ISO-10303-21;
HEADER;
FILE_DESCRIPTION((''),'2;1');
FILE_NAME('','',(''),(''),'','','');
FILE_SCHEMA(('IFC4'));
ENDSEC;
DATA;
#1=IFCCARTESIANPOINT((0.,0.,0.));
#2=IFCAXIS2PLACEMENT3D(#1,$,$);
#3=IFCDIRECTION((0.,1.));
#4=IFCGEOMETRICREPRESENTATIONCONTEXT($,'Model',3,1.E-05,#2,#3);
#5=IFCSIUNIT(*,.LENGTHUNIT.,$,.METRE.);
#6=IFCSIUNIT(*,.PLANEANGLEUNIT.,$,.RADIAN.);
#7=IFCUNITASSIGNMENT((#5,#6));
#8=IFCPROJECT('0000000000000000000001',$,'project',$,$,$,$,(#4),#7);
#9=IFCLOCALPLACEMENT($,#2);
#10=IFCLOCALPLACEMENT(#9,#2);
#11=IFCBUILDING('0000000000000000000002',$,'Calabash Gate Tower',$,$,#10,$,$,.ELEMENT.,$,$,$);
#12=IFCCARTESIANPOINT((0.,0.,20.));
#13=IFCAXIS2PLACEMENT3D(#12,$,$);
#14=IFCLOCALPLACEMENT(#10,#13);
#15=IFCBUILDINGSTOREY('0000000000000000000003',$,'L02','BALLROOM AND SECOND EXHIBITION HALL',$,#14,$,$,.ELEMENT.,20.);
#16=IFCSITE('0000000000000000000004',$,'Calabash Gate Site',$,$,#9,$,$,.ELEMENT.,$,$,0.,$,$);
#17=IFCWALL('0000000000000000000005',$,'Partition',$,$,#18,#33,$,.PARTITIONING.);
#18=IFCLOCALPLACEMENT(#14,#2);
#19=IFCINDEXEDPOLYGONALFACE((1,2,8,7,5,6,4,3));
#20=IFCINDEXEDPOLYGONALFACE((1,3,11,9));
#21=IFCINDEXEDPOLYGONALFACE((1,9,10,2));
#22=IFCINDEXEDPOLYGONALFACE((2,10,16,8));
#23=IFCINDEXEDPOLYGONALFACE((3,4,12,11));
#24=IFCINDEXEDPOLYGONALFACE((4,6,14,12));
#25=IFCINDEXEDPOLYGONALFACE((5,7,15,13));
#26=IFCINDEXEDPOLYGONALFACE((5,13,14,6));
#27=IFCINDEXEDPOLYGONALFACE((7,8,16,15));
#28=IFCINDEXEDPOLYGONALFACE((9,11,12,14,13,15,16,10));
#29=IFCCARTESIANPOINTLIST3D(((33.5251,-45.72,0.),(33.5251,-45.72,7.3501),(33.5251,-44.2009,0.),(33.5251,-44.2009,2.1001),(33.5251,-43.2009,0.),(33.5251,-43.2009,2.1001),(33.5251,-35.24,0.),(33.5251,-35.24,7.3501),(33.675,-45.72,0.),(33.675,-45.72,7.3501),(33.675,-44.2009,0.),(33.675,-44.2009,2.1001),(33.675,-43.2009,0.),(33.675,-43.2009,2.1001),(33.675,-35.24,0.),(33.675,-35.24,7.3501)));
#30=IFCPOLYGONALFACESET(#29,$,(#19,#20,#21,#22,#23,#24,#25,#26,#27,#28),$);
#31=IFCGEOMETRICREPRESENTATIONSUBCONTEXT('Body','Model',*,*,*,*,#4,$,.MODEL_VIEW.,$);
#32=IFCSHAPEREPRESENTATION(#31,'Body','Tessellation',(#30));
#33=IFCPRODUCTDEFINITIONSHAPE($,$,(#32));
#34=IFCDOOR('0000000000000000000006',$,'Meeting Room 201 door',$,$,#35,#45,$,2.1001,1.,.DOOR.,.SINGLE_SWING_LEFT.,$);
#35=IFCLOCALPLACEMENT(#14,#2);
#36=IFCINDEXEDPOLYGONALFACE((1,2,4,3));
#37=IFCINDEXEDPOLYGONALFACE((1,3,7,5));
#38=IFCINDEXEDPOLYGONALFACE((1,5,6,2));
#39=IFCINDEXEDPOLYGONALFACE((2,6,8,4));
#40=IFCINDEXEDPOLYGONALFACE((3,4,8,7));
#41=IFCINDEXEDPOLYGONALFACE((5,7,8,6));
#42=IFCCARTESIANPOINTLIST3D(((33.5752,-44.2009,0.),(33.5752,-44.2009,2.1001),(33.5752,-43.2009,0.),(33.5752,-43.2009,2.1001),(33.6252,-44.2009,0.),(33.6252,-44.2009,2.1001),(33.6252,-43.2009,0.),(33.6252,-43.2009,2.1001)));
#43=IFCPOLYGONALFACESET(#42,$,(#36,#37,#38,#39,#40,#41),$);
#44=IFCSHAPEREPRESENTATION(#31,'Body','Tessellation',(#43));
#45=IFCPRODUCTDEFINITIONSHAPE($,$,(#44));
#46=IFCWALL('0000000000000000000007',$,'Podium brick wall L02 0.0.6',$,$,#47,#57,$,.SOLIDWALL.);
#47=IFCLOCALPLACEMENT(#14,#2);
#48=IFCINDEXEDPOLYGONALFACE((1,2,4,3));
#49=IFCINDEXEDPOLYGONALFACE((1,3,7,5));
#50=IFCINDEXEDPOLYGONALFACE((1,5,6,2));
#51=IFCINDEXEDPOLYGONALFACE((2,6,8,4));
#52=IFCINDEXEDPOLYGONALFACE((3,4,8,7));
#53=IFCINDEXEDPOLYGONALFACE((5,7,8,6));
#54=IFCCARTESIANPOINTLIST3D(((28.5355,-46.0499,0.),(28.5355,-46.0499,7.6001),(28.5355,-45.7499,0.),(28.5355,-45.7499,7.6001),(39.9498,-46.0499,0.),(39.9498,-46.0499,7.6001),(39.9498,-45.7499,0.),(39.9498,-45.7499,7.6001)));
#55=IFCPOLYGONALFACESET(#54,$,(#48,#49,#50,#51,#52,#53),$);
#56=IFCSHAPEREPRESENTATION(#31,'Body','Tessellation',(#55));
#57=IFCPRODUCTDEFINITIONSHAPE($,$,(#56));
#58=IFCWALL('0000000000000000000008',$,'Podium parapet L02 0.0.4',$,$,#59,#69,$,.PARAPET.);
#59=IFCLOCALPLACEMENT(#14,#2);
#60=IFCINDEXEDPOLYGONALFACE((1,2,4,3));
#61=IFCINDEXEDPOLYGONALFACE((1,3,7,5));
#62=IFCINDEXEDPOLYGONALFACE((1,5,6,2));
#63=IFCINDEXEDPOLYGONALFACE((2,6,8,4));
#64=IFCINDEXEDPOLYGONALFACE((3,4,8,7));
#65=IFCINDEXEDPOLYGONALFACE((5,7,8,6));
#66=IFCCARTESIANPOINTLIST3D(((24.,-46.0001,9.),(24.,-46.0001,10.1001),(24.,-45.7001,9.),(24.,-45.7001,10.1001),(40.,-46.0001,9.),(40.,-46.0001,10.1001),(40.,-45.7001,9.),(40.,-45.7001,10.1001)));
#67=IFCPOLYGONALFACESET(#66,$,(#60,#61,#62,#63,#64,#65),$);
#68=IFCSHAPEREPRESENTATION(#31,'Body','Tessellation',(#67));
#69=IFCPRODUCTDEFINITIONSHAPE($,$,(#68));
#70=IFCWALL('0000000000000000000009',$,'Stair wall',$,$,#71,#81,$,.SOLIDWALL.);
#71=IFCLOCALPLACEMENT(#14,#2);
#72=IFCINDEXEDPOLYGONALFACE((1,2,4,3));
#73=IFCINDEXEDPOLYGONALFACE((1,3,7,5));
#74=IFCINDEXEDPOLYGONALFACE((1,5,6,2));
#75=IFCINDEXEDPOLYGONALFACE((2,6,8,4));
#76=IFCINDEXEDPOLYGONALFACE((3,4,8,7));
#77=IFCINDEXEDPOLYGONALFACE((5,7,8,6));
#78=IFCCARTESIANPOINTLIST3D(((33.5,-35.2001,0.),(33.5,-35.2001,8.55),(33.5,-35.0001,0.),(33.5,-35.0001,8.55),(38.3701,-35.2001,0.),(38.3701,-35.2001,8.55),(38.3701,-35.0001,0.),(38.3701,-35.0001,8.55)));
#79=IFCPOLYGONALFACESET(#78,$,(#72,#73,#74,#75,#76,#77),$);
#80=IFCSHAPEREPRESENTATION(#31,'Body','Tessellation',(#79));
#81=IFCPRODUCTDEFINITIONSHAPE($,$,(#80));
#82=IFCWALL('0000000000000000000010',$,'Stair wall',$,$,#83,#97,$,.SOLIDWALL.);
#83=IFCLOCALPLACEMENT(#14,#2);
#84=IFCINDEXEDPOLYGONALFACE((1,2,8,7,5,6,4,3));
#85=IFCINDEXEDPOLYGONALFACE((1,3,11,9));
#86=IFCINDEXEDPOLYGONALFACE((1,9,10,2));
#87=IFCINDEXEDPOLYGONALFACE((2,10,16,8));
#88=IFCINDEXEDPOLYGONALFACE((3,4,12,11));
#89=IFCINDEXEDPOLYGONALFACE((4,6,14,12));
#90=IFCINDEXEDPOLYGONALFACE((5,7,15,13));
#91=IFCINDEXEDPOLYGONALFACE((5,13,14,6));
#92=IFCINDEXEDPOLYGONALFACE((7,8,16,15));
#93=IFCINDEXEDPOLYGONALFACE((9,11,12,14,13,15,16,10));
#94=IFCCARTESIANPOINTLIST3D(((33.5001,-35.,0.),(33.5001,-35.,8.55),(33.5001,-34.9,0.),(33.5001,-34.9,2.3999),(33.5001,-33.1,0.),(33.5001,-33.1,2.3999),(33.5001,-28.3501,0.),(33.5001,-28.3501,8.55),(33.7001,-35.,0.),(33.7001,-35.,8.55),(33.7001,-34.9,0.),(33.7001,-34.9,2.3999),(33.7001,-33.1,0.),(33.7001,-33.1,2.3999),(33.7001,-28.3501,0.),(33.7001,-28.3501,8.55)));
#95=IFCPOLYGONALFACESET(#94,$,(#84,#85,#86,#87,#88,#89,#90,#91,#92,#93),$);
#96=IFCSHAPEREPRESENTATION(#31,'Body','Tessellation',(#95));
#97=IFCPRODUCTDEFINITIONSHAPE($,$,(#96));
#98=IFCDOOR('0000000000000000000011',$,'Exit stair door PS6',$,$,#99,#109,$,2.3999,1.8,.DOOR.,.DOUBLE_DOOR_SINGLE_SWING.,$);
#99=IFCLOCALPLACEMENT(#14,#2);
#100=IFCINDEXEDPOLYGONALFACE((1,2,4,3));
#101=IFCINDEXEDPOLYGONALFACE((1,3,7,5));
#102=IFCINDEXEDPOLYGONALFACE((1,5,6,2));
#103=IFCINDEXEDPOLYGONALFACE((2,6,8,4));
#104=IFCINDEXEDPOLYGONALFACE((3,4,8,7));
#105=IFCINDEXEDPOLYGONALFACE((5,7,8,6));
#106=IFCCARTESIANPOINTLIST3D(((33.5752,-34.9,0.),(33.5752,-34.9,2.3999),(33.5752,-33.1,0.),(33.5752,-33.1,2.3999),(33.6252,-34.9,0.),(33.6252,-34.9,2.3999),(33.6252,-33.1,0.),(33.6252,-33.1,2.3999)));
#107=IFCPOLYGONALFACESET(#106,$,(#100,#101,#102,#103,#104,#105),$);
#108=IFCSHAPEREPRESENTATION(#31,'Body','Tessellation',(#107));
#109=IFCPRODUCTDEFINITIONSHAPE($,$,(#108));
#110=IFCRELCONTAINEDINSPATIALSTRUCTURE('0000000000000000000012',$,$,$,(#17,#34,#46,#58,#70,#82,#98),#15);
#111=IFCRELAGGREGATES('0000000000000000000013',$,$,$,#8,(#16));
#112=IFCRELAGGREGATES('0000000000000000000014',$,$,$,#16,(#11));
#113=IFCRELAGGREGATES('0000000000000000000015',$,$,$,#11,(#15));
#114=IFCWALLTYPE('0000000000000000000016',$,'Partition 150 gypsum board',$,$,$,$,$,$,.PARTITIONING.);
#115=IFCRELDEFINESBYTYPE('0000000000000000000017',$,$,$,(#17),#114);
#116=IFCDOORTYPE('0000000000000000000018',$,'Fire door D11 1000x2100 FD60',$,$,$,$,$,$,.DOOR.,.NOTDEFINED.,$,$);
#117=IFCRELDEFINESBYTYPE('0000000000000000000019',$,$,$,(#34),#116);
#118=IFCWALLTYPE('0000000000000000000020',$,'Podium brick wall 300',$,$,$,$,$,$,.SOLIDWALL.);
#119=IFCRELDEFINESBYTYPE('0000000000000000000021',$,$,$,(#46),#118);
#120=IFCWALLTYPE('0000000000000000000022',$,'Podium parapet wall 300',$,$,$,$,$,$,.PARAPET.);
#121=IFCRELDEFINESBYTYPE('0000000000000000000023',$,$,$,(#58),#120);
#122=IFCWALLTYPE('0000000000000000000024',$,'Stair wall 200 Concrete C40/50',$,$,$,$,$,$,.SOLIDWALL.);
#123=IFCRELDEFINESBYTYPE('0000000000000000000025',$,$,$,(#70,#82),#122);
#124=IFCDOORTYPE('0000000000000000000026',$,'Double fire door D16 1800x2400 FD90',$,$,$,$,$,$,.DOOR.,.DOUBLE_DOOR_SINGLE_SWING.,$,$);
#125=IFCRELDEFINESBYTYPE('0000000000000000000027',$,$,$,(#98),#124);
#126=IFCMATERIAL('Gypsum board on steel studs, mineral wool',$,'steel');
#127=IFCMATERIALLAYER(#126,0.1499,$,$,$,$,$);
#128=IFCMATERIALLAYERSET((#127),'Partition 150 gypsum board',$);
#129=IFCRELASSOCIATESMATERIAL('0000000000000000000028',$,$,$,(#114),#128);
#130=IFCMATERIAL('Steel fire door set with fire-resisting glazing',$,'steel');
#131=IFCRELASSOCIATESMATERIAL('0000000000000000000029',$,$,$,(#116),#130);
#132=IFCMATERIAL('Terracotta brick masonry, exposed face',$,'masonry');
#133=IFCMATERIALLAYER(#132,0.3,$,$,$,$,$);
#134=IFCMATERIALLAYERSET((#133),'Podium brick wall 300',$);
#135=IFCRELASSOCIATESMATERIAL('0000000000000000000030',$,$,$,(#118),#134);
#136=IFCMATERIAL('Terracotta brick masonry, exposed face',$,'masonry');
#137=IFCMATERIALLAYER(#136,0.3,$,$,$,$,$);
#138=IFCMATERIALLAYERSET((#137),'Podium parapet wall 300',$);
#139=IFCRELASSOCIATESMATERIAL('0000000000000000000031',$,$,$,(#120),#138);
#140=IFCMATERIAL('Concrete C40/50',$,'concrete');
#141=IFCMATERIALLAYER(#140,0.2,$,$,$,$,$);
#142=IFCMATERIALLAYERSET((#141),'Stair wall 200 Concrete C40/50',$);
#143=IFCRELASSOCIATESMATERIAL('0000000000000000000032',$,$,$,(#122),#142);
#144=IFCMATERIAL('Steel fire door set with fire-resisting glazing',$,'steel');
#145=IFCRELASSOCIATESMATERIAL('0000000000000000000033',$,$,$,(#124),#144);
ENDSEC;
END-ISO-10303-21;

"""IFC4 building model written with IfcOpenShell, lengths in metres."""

from ifc_helpers import new_model, si_unit, direction, frame, frame_2d, origin, place, context, subcontext, project, spatial, rectangle, extrude, material, layer, layer_set, type_object, element, fill, save


model = new_model("IFC4")

# Units and contexts
model_context = context("Model", 3, precision=1e-05, world=origin(), true_north=direction((0.0, 1.0)))
body_context = subcontext(model_context, "Body", "Model", "MODEL_VIEW")
ifc_project = project(units=[si_unit("LENGTHUNIT", "METRE"), si_unit("PLANEANGLEUNIT", "RADIAN")], contexts=[model_context])

# Site, building, storey
site_placement = place(None, origin())
site = spatial("IfcSite", under=ifc_project, at=site_placement, Name="Calabash Gate Site", CompositionType="ELEMENT", RefElevation=0.0)
building_placement = place(site_placement, origin())
building = spatial("IfcBuilding", under=site, at=building_placement, Name="Calabash Gate Tower", CompositionType="ELEMENT")
storey_placement = place(building_placement, frame((0.0, 0.0, 20.0)))
storey = spatial("IfcBuildingStorey", under=building, at=storey_placement, Name="L02", Description="BALLROOM AND SECOND EXHIBITION HALL", CompositionType="ELEMENT", Elevation=20.0)

# Wall, opening, door
ifc_material_1 = material(Name="Gypsum board on steel studs, mineral wool", Category="steel")
ifc_layer_1 = layer(ifc_material_1, 0.1499)
ifc_layer_set_1 = layer_set([ifc_layer_1], Name="Partition 150 gypsum board")
wall_type_1 = type_object("IfcWallType", Name="Partition 150 gypsum board", PredefinedType="PARTITIONING", material=ifc_layer_set_1)
wall_1_placement = place(storey_placement, frame((33.6001, -45.72, 0.0), z_axis=(0.0, 0.0, 1.0), x_axis=(0.0, 1.0, 0.0)))
wall_1 = element("IfcWall", 1, at=wall_1_placement, inside=storey, type_object=wall_type_1, Name="Partition", PredefinedType="PARTITIONING", context=body_context, shape_type="SweptSolid", body=[
    extrude(rectangle(XDim=10.48, YDim=0.1499, at=frame_2d((5.24, 0.0))), origin(), (0.0, 0.0, 1.0), 7.3501),
])
opening_1_placement = place(wall_1_placement, frame((1.519, 0.0, 0.0)))
opening_1 = element("IfcOpeningElement", 2, at=opening_1_placement, cuts=wall_1, PredefinedType="OPENING", context=body_context, shape_type="SweptSolid", body=[
    extrude(rectangle(XDim=1.0, YDim=2.1001, at=frame_2d((0.5, 1.05))), frame((0.0, 0.085, 0.0), z_axis=(0.0, -1.0, 0.0), x_axis=(1.0, 0.0, 0.0)), (0.0, 0.0, 1.0), 0.1699),
])
ifc_material_2 = material(Name="Steel fire door set with fire-resisting glazing", Category="steel")
door_type_1 = type_object("IfcDoorType", Name="Fire door D11 1000x2100 FD60", OperationType="NOTDEFINED", PredefinedType="DOOR", material=ifc_material_2)
door_1_placement = place(opening_1_placement, origin())
door_1 = element("IfcDoor", 3, at=door_1_placement, inside=storey, type_object=door_type_1, Name="Meeting Room 201 door", OperationType="SINGLE_SWING_LEFT", OverallHeight=2.1001, OverallWidth=1.0, PredefinedType="DOOR", context=body_context, shape_type="SweptSolid", body=[
    extrude(rectangle(XDim=1.0, YDim=2.1001, at=frame_2d((0.5, 1.05))), frame((0.0, 0.0249, 0.0), z_axis=(0.0, -1.0, 0.0), x_axis=(1.0, 0.0, 0.0)), (0.0, 0.0, 1.0), 0.05),
])
fill(opening_1, door_1)

# Walls
ifc_material_3 = material(Name="Terracotta brick masonry, exposed face", Category="masonry")
ifc_layer_2 = layer(ifc_material_3, 0.3)
ifc_layer_set_2 = layer_set([ifc_layer_2], Name="Podium brick wall 300")
wall_type_2 = type_object("IfcWallType", Name="Podium brick wall 300", PredefinedType="SOLIDWALL", material=ifc_layer_set_2)
wall_2_placement = place(storey_placement, frame((28.5356, -45.8999, 0.0), z_axis=(0.0, 0.0, 1.0), x_axis=(1.0, 0.0, 0.0)))
element("IfcWall", 4, at=wall_2_placement, inside=storey, type_object=wall_type_2, Name="Podium brick wall L02 0.0.6", PredefinedType="SOLIDWALL", context=body_context, shape_type="SweptSolid", body=[
    extrude(rectangle(XDim=11.4143, YDim=0.3, at=frame_2d((5.707, 0.0))), origin(), (0.0, 0.0, 1.0), 7.6001),
])
ifc_material_4 = material(Name="Terracotta brick masonry, exposed face", Category="masonry")
ifc_layer_3 = layer(ifc_material_4, 0.3)
ifc_layer_set_3 = layer_set([ifc_layer_3], Name="Podium parapet wall 300")
wall_type_3 = type_object("IfcWallType", Name="Podium parapet wall 300", PredefinedType="PARAPET", material=ifc_layer_set_3)
wall_3_placement = place(storey_placement, frame((24.0, -45.8501, 9.0), z_axis=(0.0, 0.0, 1.0), x_axis=(1.0, 0.0, 0.0)))
element("IfcWall", 5, at=wall_3_placement, inside=storey, type_object=wall_type_3, Name="Podium parapet L02 0.0.4", PredefinedType="PARAPET", context=body_context, shape_type="SweptSolid", body=[
    extrude(rectangle(XDim=16.0, YDim=0.3, at=frame_2d((8.0, 0.0))), origin(), (0.0, 0.0, 1.0), 1.1001),
])
ifc_material_5 = material(Name="Concrete C40/50", Category="concrete")
ifc_layer_4 = layer(ifc_material_5, 0.2)
ifc_layer_set_4 = layer_set([ifc_layer_4], Name="Stair wall 200 Concrete C40/50")
wall_type_4 = type_object("IfcWallType", Name="Stair wall 200 Concrete C40/50", PredefinedType="SOLIDWALL", material=ifc_layer_set_4)
wall_4_placement = place(storey_placement, frame((33.5, -35.1001, 0.0), z_axis=(0.0, 0.0, 1.0), x_axis=(1.0, 0.0, 0.0)))
element("IfcWall", 6, at=wall_4_placement, inside=storey, type_object=wall_type_4, Name="Stair wall", PredefinedType="SOLIDWALL", context=body_context, shape_type="SweptSolid", body=[
    extrude(rectangle(XDim=4.8701, YDim=0.2, at=frame_2d((2.4351, 0.0))), origin(), (0.0, 0.0, 1.0), 8.55),
])

# Wall, opening, door
wall_5_placement = place(storey_placement, frame((33.6001, -35.0, 0.0), z_axis=(0.0, 0.0, 1.0), x_axis=(0.0, 1.0, 0.0)))
wall_5 = element("IfcWall", 7, at=wall_5_placement, inside=storey, type_object=wall_type_4, Name="Stair wall", PredefinedType="SOLIDWALL", context=body_context, shape_type="SweptSolid", body=[
    extrude(rectangle(XDim=6.6499, YDim=0.2, at=frame_2d((3.325, 0.0))), origin(), (0.0, 0.0, 1.0), 8.55),
])
opening_2_placement = place(wall_5_placement, frame((0.1001, 0.0, 0.0)))
opening_2 = element("IfcOpeningElement", 8, at=opening_2_placement, cuts=wall_5, PredefinedType="OPENING", context=body_context, shape_type="SweptSolid", body=[
    extrude(rectangle(XDim=1.8, YDim=2.3999, at=frame_2d((0.8999, 1.2))), frame((0.0, 0.1099, 0.0), z_axis=(0.0, -1.0, 0.0), x_axis=(1.0, 0.0, 0.0)), (0.0, 0.0, 1.0), 0.22),
])
ifc_material_6 = material(Name="Steel fire door set with fire-resisting glazing", Category="steel")
door_type_2 = type_object("IfcDoorType", Name="Double fire door D16 1800x2400 FD90", OperationType="DOUBLE_DOOR_SINGLE_SWING", PredefinedType="DOOR", material=ifc_material_6)
door_2_placement = place(opening_2_placement, origin())
door_2 = element("IfcDoor", 9, at=door_2_placement, inside=storey, type_object=door_type_2, Name="Exit stair door PS6", OperationType="DOUBLE_DOOR_SINGLE_SWING", OverallHeight=2.3999, OverallWidth=1.8, PredefinedType="DOOR", context=body_context, shape_type="SweptSolid", body=[
    extrude(rectangle(XDim=1.8, YDim=2.3999, at=frame_2d((0.8999, 1.2))), frame((0.0, 0.0249, 0.0), z_axis=(0.0, -1.0, 0.0), x_axis=(1.0, 0.0, 0.0)), (0.0, 0.0, 1.0), 0.05),
])
fill(opening_2, door_2)

save(model, "model.ifc")
